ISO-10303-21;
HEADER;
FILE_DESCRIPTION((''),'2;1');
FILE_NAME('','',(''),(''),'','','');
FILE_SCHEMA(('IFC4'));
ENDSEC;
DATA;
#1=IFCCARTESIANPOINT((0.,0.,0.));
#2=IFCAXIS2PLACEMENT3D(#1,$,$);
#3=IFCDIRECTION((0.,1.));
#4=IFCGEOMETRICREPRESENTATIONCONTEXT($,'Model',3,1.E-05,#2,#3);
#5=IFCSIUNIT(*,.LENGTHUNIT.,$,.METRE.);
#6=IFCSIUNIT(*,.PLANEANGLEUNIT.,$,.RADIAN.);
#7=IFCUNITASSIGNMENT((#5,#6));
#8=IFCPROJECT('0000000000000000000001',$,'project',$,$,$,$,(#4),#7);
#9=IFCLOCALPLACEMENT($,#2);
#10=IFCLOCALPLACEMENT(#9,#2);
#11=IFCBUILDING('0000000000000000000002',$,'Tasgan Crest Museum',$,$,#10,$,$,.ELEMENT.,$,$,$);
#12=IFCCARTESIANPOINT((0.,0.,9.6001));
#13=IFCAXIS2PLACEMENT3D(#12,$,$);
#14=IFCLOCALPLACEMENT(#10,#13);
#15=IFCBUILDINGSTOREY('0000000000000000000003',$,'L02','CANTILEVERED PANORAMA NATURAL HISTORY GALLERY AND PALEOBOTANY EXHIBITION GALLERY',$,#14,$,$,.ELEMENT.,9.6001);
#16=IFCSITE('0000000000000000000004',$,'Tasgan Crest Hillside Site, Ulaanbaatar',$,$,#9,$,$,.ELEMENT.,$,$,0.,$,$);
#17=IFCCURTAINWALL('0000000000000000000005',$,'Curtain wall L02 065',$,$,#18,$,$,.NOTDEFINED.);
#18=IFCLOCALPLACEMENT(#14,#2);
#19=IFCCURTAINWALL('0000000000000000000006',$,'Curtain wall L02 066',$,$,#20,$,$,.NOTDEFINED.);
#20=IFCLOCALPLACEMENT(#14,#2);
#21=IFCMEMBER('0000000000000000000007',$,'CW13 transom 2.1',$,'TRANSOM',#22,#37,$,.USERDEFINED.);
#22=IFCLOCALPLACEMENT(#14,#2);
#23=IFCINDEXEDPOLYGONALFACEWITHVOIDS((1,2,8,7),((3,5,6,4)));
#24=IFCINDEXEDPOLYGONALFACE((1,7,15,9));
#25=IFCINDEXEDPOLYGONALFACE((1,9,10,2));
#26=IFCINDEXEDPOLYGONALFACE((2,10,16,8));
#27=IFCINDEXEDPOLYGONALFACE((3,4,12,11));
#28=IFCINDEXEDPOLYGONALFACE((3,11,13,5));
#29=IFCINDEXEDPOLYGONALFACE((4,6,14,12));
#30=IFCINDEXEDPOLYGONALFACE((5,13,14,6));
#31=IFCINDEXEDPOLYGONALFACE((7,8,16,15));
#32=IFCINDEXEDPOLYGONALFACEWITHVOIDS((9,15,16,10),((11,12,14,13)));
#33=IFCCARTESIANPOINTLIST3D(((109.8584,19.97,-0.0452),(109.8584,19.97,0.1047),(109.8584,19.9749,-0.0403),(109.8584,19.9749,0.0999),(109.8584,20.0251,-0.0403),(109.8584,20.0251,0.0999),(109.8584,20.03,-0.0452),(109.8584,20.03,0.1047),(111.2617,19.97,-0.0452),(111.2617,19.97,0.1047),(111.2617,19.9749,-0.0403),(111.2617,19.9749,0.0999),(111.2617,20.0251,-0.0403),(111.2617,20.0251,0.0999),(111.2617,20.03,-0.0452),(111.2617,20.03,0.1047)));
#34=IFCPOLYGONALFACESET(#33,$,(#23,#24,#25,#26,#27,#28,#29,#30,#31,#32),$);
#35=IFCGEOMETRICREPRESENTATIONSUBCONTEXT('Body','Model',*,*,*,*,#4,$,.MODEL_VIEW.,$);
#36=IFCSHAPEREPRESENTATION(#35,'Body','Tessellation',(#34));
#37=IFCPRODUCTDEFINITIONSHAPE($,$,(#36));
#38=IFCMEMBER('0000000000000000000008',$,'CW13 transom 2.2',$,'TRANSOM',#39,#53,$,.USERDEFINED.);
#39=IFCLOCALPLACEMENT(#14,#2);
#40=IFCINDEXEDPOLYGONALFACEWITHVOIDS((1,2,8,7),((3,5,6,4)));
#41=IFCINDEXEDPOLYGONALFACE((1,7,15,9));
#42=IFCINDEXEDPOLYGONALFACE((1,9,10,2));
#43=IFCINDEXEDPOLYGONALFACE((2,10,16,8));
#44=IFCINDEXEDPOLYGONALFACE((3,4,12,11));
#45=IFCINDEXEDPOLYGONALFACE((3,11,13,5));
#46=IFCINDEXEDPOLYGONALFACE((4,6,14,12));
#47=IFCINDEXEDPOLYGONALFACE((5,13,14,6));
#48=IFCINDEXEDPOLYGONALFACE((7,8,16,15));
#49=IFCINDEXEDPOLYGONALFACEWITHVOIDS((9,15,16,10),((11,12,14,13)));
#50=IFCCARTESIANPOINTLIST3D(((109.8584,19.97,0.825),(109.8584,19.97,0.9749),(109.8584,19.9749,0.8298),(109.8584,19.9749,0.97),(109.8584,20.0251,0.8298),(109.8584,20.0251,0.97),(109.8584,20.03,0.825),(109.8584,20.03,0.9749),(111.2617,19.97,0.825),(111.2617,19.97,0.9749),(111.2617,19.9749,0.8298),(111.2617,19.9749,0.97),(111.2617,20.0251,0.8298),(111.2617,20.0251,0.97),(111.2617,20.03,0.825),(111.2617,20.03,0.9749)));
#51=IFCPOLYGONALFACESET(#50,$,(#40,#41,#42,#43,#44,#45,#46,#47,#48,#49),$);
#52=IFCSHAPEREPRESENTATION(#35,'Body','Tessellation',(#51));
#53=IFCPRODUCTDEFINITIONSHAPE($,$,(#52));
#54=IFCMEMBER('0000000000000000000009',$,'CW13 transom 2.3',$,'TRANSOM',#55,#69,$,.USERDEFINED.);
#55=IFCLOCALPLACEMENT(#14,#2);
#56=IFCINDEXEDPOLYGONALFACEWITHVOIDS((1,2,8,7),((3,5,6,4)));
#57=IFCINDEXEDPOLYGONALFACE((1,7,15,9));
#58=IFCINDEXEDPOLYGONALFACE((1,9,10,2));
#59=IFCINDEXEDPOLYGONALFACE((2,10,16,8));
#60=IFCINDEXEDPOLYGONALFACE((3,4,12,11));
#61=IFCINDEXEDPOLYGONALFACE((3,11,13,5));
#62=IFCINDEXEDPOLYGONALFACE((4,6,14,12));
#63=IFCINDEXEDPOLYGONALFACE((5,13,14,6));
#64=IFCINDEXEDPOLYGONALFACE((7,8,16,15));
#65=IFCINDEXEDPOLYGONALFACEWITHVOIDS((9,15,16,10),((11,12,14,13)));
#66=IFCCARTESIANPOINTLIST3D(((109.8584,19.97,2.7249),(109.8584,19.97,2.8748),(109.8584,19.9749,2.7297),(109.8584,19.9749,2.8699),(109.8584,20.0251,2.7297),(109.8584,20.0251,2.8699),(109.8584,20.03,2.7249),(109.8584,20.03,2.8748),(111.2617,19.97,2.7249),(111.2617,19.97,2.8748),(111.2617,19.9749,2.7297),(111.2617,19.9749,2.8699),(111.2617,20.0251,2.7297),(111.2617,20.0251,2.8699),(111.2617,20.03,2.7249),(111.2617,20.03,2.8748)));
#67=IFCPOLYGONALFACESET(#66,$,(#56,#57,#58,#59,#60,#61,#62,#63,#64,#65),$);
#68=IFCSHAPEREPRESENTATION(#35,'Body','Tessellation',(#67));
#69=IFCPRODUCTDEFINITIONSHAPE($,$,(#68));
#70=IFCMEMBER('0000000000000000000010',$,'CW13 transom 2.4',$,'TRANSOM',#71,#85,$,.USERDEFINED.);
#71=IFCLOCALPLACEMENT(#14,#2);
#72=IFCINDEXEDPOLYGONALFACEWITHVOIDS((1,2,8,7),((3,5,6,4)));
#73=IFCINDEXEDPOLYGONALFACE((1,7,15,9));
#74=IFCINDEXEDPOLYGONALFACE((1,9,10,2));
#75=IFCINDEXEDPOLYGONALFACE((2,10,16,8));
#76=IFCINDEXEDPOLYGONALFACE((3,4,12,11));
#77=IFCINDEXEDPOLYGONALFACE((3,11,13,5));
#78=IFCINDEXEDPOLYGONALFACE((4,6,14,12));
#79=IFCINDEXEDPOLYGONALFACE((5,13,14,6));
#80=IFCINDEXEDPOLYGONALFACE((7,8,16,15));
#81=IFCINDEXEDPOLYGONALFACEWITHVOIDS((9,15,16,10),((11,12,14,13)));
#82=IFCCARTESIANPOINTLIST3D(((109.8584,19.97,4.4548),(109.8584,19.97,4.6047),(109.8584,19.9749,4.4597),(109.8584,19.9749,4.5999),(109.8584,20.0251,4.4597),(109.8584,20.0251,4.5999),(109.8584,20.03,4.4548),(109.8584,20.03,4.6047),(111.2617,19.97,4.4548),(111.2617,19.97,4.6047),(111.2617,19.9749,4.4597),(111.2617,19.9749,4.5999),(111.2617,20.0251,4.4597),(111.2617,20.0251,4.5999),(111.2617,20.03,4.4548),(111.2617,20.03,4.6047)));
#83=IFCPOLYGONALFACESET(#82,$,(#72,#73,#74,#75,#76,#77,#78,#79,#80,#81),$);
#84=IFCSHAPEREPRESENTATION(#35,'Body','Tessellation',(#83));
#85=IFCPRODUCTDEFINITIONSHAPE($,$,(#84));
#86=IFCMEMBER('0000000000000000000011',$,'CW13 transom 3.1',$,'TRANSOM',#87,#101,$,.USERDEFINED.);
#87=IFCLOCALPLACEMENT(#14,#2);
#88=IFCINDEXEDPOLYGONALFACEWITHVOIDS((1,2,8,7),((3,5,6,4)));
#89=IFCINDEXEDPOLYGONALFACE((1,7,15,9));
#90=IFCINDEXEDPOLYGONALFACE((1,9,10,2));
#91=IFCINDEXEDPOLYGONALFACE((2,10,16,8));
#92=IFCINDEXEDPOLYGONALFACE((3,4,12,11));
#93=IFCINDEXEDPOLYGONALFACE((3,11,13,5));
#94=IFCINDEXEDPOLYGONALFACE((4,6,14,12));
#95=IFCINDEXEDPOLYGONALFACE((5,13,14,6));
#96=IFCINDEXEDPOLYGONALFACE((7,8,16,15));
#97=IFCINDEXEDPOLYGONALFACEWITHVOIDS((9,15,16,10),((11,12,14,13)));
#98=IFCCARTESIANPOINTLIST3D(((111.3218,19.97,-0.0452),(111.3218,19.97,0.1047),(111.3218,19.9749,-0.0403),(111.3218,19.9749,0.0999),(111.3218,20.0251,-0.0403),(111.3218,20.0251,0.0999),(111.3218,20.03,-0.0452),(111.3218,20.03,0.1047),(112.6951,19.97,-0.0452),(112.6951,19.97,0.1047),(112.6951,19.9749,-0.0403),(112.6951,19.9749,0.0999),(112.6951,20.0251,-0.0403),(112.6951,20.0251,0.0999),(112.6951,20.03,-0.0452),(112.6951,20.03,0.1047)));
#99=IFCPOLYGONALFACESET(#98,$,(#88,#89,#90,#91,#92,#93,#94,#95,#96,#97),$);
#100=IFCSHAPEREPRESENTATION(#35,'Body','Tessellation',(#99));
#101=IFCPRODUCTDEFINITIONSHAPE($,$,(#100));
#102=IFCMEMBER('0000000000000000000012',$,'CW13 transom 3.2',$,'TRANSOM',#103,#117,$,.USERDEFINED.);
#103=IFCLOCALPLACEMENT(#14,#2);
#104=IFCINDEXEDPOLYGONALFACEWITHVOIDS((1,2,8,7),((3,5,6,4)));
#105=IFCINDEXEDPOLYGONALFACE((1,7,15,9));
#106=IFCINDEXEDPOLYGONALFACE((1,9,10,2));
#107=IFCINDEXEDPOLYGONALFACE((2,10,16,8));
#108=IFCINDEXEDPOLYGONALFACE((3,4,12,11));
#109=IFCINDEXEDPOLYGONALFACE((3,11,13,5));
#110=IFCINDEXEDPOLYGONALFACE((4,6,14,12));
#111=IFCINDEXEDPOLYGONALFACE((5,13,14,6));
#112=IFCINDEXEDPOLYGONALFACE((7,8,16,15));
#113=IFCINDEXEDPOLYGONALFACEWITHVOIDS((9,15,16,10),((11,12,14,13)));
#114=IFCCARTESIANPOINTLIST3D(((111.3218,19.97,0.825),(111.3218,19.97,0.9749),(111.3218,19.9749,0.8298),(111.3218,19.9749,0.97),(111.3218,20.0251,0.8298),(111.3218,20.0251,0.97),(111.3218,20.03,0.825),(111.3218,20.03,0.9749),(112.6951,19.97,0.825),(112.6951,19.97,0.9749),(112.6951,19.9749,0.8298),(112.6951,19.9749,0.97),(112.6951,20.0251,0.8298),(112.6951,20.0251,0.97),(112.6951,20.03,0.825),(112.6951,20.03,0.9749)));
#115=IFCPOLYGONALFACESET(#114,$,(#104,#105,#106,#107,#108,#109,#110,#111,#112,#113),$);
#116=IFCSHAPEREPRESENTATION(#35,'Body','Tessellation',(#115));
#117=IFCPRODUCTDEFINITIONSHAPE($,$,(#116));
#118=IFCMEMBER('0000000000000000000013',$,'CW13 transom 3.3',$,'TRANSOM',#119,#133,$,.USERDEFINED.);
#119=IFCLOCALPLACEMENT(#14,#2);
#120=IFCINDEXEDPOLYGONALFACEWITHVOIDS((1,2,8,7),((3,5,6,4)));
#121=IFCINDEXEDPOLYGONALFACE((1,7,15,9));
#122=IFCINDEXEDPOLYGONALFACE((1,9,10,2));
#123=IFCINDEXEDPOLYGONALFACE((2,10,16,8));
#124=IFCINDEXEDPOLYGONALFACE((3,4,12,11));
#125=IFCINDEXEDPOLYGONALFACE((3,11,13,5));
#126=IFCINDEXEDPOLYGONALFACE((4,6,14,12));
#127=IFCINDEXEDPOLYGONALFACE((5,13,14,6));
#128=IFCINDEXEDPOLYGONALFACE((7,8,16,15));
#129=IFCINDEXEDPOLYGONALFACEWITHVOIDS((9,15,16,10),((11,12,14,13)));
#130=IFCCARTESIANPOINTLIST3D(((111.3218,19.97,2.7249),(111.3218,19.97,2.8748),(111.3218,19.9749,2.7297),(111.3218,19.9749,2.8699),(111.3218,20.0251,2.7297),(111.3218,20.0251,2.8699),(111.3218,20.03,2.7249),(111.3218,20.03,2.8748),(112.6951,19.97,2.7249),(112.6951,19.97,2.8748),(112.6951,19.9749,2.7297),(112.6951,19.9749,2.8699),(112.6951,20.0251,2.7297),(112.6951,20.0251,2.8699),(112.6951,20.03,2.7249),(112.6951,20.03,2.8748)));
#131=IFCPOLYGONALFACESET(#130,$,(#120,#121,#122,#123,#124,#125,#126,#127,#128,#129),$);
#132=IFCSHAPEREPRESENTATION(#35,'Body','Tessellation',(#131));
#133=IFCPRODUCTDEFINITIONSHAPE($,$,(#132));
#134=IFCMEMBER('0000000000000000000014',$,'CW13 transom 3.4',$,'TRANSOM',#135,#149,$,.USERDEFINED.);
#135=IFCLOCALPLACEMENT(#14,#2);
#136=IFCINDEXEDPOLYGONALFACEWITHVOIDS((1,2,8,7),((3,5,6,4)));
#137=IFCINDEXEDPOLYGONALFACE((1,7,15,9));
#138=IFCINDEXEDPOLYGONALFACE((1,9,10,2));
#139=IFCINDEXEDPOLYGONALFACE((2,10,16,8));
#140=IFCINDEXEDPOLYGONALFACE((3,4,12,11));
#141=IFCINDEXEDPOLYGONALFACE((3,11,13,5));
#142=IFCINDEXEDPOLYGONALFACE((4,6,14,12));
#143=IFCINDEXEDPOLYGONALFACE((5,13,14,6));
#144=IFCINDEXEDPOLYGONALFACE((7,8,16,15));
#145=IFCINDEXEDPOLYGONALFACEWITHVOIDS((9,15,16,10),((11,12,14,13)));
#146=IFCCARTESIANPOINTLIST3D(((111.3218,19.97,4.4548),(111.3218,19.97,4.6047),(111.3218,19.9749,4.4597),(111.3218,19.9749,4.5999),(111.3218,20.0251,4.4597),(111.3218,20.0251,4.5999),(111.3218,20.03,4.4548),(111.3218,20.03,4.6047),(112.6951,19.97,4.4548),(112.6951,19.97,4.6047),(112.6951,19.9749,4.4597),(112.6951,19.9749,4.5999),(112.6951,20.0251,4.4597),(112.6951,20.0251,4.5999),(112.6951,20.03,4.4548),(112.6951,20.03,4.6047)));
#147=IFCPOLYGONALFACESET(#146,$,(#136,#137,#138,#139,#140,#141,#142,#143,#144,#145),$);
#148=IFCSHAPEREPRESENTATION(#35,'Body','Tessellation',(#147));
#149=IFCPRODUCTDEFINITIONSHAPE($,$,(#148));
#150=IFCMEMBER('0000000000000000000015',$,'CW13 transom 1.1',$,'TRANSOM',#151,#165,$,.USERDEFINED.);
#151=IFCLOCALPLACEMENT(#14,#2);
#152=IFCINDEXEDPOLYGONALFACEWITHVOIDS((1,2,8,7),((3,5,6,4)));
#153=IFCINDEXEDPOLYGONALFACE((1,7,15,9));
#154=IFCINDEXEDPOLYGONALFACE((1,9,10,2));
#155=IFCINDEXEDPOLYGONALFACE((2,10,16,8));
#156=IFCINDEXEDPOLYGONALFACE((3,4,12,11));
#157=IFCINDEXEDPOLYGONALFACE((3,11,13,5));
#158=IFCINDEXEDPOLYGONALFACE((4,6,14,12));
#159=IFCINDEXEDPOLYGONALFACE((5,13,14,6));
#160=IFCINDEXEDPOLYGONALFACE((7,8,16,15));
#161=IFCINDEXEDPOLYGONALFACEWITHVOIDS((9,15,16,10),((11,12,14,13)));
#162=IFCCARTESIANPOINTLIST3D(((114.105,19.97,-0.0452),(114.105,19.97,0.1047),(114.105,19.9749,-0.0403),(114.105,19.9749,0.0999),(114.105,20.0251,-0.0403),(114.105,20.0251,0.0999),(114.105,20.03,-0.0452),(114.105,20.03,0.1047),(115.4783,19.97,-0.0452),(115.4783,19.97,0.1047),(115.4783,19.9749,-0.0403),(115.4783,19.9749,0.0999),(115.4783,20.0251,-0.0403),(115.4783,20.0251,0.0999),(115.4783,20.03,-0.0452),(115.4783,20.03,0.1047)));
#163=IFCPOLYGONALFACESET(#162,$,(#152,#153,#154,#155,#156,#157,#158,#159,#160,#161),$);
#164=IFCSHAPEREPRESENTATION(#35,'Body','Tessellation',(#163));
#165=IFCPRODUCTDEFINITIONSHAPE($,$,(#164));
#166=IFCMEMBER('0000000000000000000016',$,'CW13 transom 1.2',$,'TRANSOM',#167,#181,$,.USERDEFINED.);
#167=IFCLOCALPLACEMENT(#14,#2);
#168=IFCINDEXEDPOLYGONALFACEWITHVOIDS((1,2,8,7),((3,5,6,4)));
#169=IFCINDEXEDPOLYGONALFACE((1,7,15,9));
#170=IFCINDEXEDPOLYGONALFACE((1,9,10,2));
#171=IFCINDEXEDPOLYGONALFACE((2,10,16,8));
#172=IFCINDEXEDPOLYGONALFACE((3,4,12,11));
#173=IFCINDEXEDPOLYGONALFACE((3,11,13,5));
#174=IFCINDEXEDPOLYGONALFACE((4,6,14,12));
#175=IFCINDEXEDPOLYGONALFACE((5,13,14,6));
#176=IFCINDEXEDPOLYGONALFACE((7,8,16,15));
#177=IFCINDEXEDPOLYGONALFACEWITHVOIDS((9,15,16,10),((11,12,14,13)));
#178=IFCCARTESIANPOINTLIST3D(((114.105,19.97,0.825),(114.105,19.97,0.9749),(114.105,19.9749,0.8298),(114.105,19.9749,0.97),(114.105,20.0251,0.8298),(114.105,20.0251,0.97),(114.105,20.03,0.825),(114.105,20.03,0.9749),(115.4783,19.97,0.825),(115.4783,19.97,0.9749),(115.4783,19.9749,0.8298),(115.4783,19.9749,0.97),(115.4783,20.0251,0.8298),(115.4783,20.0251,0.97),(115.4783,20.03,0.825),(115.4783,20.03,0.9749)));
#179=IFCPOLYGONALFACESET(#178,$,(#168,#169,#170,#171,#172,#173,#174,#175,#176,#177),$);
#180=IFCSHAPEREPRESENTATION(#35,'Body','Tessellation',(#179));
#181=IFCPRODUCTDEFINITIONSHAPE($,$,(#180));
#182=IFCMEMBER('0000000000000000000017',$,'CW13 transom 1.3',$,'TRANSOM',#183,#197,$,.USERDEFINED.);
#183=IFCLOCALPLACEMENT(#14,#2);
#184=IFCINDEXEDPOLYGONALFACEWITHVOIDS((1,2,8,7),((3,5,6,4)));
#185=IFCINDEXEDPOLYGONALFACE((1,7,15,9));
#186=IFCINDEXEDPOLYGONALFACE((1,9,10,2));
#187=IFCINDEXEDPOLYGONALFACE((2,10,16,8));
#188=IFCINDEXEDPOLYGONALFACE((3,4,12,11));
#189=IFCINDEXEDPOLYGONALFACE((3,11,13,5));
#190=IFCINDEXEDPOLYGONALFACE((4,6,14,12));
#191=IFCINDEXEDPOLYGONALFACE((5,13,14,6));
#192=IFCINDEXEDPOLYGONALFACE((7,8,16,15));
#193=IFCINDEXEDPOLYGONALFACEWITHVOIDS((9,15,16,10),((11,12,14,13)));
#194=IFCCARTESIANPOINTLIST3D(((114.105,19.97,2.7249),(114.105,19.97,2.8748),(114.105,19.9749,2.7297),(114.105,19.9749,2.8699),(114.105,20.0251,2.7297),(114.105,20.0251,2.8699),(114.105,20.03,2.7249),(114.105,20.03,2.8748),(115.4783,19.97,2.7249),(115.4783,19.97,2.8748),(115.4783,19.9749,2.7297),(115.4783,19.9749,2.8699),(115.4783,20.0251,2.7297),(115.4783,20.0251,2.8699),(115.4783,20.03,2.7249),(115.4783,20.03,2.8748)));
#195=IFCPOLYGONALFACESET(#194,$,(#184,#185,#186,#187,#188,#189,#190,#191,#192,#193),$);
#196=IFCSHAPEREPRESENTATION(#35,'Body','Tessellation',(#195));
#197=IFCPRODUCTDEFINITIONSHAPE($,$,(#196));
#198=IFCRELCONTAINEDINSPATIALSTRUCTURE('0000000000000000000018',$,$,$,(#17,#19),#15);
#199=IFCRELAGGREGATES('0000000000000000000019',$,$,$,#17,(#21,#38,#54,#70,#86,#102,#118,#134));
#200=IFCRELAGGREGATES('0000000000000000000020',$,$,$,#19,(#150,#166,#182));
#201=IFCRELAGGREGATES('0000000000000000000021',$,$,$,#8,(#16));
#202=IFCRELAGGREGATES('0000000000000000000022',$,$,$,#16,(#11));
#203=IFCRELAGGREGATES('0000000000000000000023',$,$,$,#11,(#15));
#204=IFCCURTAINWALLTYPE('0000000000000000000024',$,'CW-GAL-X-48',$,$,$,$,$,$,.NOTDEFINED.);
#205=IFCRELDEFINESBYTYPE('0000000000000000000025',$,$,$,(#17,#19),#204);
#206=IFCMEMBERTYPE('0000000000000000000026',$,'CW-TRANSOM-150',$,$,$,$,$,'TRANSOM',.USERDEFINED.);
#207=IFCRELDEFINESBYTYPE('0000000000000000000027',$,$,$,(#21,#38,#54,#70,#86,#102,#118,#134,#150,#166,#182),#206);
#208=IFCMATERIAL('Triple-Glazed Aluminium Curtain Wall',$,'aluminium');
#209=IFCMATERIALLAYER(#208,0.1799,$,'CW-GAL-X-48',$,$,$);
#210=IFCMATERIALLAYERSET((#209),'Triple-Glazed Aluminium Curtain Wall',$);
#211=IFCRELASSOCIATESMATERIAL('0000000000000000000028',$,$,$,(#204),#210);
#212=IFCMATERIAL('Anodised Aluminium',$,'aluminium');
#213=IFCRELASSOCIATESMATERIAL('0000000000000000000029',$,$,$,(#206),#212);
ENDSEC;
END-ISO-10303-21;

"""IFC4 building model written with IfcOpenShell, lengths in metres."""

from ifc_helpers import new_model, si_unit, direction, frame, origin, origin_2d, place, context, subcontext, project, spatial, hollow_rectangle, extrude, material, layer, layer_set, material_profile, profile_set, type_object, element, aggregate, save


model = new_model("IFC4")

# Units and contexts
model_context = context("Model", 3, precision=1e-05, world=origin(), true_north=direction((0.0, 1.0)))
body_context = subcontext(model_context, "Body", "Model", "MODEL_VIEW")
ifc_project = project(units=[si_unit("LENGTHUNIT", "METRE"), si_unit("PLANEANGLEUNIT", "RADIAN")], contexts=[model_context])

# Site, building, storey
site_placement = place(None, origin())
site = spatial("IfcSite", under=ifc_project, at=site_placement, Name="Tasgan Crest Hillside Site, Ulaanbaatar", CompositionType="ELEMENT", RefElevation=0.0)
building_placement = place(site_placement, origin())
building = spatial("IfcBuilding", under=site, at=building_placement, Name="Tasgan Crest Museum", CompositionType="ELEMENT")
storey_placement = place(building_placement, frame((0.0, 0.0, 9.6001)))
storey = spatial("IfcBuildingStorey", under=building, at=storey_placement, Name="L02", Description="CANTILEVERED PANORAMA NATURAL HISTORY GALLERY AND PALEOBOTANY EXHIBITION GALLERY", CompositionType="ELEMENT", Elevation=9.6001)

# Curtain walls
ifc_material_1 = material(Name="Triple-Glazed Aluminium Curtain Wall", Category="aluminium")
ifc_layer_1 = layer(ifc_material_1, 0.1799, Name="CW-GAL-X-48")
ifc_layer_set_1 = layer_set([ifc_layer_1], Name="Triple-Glazed Aluminium Curtain Wall")
curtain_wall_type = type_object("IfcCurtainWallType", Name="CW-GAL-X-48", PredefinedType="NOTDEFINED", material=ifc_layer_set_1)
curtain_wall_1_placement = place(storey_placement, origin())
curtain_wall_1 = element("IfcCurtainWall", 1, at=curtain_wall_1_placement, inside=storey, type_object=curtain_wall_type, Name="Curtain wall L02 065", PredefinedType="NOTDEFINED")
curtain_wall_2_placement = place(storey_placement, origin())
curtain_wall_2 = element("IfcCurtainWall", 2, at=curtain_wall_2_placement, inside=storey, type_object=curtain_wall_type, Name="Curtain wall L02 066", PredefinedType="NOTDEFINED")

# Members
ifc_material_2 = material(Name="Anodised Aluminium", Category="aluminium")
ifc_material_profile_1 = material_profile(ifc_material_2, hollow_rectangle(XDim=0.0601, YDim=0.1499, WallThickness=0.0049, at=origin_2d()), Name="ALU TRANSOM 150x60x5")
ifc_profile_set_1 = profile_set([ifc_material_profile_1], Name="Anodised Aluminium")
member_type_1 = type_object("IfcMemberType", Name="CW-TRANSOM-150", ElementType="TRANSOM", PredefinedType="USERDEFINED", material=ifc_profile_set_1)
member_1_placement = place(storey_placement, frame((109.8584, 20.0, 0.0298), z_axis=(1.0, 0.0, 0.0), x_axis=(0.0, 1.0, 0.0)))
member_1 = element("IfcMember", 3, at=member_1_placement, type_object=member_type_1, Name="CW13 transom 2.1", ObjectType="TRANSOM", PredefinedType="USERDEFINED", context=body_context, shape_type="SweptSolid", body=[
    extrude(hollow_rectangle(XDim=0.0601, YDim=0.1499, WallThickness=0.0049, at=origin_2d()), origin(), (0.0, 0.0, 1.0), 1.4033),
])
member_2_placement = place(storey_placement, frame((109.8584, 20.0, 0.8999), z_axis=(1.0, 0.0, 0.0), x_axis=(0.0, 1.0, 0.0)))
member_2 = element("IfcMember", 4, at=member_2_placement, type_object=member_type_1, Name="CW13 transom 2.2", ObjectType="TRANSOM", PredefinedType="USERDEFINED", context=body_context, shape_type="SweptSolid", body=[
    extrude(hollow_rectangle(XDim=0.0601, YDim=0.1499, WallThickness=0.0049, at=origin_2d()), origin(), (0.0, 0.0, 1.0), 1.4033),
])
member_3_placement = place(storey_placement, frame((109.8584, 20.0, 2.7998), z_axis=(1.0, 0.0, 0.0), x_axis=(0.0, 1.0, 0.0)))
member_3 = element("IfcMember", 5, at=member_3_placement, type_object=member_type_1, Name="CW13 transom 2.3", ObjectType="TRANSOM", PredefinedType="USERDEFINED", context=body_context, shape_type="SweptSolid", body=[
    extrude(hollow_rectangle(XDim=0.0601, YDim=0.1499, WallThickness=0.0049, at=origin_2d()), origin(), (0.0, 0.0, 1.0), 1.4033),
])
member_4_placement = place(storey_placement, frame((109.8584, 20.0, 4.5298), z_axis=(1.0, 0.0, 0.0), x_axis=(0.0, 1.0, 0.0)))
member_4 = element("IfcMember", 6, at=member_4_placement, type_object=member_type_1, Name="CW13 transom 2.4", ObjectType="TRANSOM", PredefinedType="USERDEFINED", context=body_context, shape_type="SweptSolid", body=[
    extrude(hollow_rectangle(XDim=0.0601, YDim=0.1499, WallThickness=0.0049, at=origin_2d()), origin(), (0.0, 0.0, 1.0), 1.4033),
])
member_5_placement = place(storey_placement, frame((111.3218, 20.0, 0.0298), z_axis=(1.0, 0.0, 0.0), x_axis=(0.0, 1.0, 0.0)))
member_5 = element("IfcMember", 7, at=member_5_placement, type_object=member_type_1, Name="CW13 transom 3.1", ObjectType="TRANSOM", PredefinedType="USERDEFINED", context=body_context, shape_type="SweptSolid", body=[
    extrude(hollow_rectangle(XDim=0.0601, YDim=0.1499, WallThickness=0.0049, at=origin_2d()), origin(), (0.0, 0.0, 1.0), 1.3733),
])
member_6_placement = place(storey_placement, frame((111.3218, 20.0, 0.8999), z_axis=(1.0, 0.0, 0.0), x_axis=(0.0, 1.0, 0.0)))
member_6 = element("IfcMember", 8, at=member_6_placement, type_object=member_type_1, Name="CW13 transom 3.2", ObjectType="TRANSOM", PredefinedType="USERDEFINED", context=body_context, shape_type="SweptSolid", body=[
    extrude(hollow_rectangle(XDim=0.0601, YDim=0.1499, WallThickness=0.0049, at=origin_2d()), origin(), (0.0, 0.0, 1.0), 1.3733),
])
member_7_placement = place(storey_placement, frame((111.3218, 20.0, 2.7998), z_axis=(1.0, 0.0, 0.0), x_axis=(0.0, 1.0, 0.0)))
member_7 = element("IfcMember", 9, at=member_7_placement, type_object=member_type_1, Name="CW13 transom 3.3", ObjectType="TRANSOM", PredefinedType="USERDEFINED", context=body_context, shape_type="SweptSolid", body=[
    extrude(hollow_rectangle(XDim=0.0601, YDim=0.1499, WallThickness=0.0049, at=origin_2d()), origin(), (0.0, 0.0, 1.0), 1.3733),
])
member_8_placement = place(storey_placement, frame((111.3218, 20.0, 4.5298), z_axis=(1.0, 0.0, 0.0), x_axis=(0.0, 1.0, 0.0)))
member_8 = element("IfcMember", 10, at=member_8_placement, type_object=member_type_1, Name="CW13 transom 3.4", ObjectType="TRANSOM", PredefinedType="USERDEFINED", context=body_context, shape_type="SweptSolid", body=[
    extrude(hollow_rectangle(XDim=0.0601, YDim=0.1499, WallThickness=0.0049, at=origin_2d()), origin(), (0.0, 0.0, 1.0), 1.3733),
])
member_9_placement = place(storey_placement, frame((114.105, 20.0, 0.0298), z_axis=(1.0, 0.0, 0.0), x_axis=(0.0, 1.0, 0.0)))
member_9 = element("IfcMember", 11, at=member_9_placement, type_object=member_type_1, Name="CW13 transom 1.1", ObjectType="TRANSOM", PredefinedType="USERDEFINED", context=body_context, shape_type="SweptSolid", body=[
    extrude(hollow_rectangle(XDim=0.0601, YDim=0.1499, WallThickness=0.0049, at=origin_2d()), origin(), (0.0, 0.0, 1.0), 1.3733),
])
member_10_placement = place(storey_placement, frame((114.105, 20.0, 0.8999), z_axis=(1.0, 0.0, 0.0), x_axis=(0.0, 1.0, 0.0)))
member_10 = element("IfcMember", 12, at=member_10_placement, type_object=member_type_1, Name="CW13 transom 1.2", ObjectType="TRANSOM", PredefinedType="USERDEFINED", context=body_context, shape_type="SweptSolid", body=[
    extrude(hollow_rectangle(XDim=0.0601, YDim=0.1499, WallThickness=0.0049, at=origin_2d()), origin(), (0.0, 0.0, 1.0), 1.3733),
])
member_11_placement = place(storey_placement, frame((114.105, 20.0, 2.7998), z_axis=(1.0, 0.0, 0.0), x_axis=(0.0, 1.0, 0.0)))
member_11 = element("IfcMember", 13, at=member_11_placement, type_object=member_type_1, Name="CW13 transom 1.3", ObjectType="TRANSOM", PredefinedType="USERDEFINED", context=body_context, shape_type="SweptSolid", body=[
    extrude(hollow_rectangle(XDim=0.0601, YDim=0.1499, WallThickness=0.0049, at=origin_2d()), origin(), (0.0, 0.0, 1.0), 1.3733),
])

aggregate(curtain_wall_1, [member_1, member_2, member_3, member_4, member_5, member_6, member_7, member_8])
aggregate(curtain_wall_2, [member_9, member_10, member_11])

save(model, "model.ifc")
